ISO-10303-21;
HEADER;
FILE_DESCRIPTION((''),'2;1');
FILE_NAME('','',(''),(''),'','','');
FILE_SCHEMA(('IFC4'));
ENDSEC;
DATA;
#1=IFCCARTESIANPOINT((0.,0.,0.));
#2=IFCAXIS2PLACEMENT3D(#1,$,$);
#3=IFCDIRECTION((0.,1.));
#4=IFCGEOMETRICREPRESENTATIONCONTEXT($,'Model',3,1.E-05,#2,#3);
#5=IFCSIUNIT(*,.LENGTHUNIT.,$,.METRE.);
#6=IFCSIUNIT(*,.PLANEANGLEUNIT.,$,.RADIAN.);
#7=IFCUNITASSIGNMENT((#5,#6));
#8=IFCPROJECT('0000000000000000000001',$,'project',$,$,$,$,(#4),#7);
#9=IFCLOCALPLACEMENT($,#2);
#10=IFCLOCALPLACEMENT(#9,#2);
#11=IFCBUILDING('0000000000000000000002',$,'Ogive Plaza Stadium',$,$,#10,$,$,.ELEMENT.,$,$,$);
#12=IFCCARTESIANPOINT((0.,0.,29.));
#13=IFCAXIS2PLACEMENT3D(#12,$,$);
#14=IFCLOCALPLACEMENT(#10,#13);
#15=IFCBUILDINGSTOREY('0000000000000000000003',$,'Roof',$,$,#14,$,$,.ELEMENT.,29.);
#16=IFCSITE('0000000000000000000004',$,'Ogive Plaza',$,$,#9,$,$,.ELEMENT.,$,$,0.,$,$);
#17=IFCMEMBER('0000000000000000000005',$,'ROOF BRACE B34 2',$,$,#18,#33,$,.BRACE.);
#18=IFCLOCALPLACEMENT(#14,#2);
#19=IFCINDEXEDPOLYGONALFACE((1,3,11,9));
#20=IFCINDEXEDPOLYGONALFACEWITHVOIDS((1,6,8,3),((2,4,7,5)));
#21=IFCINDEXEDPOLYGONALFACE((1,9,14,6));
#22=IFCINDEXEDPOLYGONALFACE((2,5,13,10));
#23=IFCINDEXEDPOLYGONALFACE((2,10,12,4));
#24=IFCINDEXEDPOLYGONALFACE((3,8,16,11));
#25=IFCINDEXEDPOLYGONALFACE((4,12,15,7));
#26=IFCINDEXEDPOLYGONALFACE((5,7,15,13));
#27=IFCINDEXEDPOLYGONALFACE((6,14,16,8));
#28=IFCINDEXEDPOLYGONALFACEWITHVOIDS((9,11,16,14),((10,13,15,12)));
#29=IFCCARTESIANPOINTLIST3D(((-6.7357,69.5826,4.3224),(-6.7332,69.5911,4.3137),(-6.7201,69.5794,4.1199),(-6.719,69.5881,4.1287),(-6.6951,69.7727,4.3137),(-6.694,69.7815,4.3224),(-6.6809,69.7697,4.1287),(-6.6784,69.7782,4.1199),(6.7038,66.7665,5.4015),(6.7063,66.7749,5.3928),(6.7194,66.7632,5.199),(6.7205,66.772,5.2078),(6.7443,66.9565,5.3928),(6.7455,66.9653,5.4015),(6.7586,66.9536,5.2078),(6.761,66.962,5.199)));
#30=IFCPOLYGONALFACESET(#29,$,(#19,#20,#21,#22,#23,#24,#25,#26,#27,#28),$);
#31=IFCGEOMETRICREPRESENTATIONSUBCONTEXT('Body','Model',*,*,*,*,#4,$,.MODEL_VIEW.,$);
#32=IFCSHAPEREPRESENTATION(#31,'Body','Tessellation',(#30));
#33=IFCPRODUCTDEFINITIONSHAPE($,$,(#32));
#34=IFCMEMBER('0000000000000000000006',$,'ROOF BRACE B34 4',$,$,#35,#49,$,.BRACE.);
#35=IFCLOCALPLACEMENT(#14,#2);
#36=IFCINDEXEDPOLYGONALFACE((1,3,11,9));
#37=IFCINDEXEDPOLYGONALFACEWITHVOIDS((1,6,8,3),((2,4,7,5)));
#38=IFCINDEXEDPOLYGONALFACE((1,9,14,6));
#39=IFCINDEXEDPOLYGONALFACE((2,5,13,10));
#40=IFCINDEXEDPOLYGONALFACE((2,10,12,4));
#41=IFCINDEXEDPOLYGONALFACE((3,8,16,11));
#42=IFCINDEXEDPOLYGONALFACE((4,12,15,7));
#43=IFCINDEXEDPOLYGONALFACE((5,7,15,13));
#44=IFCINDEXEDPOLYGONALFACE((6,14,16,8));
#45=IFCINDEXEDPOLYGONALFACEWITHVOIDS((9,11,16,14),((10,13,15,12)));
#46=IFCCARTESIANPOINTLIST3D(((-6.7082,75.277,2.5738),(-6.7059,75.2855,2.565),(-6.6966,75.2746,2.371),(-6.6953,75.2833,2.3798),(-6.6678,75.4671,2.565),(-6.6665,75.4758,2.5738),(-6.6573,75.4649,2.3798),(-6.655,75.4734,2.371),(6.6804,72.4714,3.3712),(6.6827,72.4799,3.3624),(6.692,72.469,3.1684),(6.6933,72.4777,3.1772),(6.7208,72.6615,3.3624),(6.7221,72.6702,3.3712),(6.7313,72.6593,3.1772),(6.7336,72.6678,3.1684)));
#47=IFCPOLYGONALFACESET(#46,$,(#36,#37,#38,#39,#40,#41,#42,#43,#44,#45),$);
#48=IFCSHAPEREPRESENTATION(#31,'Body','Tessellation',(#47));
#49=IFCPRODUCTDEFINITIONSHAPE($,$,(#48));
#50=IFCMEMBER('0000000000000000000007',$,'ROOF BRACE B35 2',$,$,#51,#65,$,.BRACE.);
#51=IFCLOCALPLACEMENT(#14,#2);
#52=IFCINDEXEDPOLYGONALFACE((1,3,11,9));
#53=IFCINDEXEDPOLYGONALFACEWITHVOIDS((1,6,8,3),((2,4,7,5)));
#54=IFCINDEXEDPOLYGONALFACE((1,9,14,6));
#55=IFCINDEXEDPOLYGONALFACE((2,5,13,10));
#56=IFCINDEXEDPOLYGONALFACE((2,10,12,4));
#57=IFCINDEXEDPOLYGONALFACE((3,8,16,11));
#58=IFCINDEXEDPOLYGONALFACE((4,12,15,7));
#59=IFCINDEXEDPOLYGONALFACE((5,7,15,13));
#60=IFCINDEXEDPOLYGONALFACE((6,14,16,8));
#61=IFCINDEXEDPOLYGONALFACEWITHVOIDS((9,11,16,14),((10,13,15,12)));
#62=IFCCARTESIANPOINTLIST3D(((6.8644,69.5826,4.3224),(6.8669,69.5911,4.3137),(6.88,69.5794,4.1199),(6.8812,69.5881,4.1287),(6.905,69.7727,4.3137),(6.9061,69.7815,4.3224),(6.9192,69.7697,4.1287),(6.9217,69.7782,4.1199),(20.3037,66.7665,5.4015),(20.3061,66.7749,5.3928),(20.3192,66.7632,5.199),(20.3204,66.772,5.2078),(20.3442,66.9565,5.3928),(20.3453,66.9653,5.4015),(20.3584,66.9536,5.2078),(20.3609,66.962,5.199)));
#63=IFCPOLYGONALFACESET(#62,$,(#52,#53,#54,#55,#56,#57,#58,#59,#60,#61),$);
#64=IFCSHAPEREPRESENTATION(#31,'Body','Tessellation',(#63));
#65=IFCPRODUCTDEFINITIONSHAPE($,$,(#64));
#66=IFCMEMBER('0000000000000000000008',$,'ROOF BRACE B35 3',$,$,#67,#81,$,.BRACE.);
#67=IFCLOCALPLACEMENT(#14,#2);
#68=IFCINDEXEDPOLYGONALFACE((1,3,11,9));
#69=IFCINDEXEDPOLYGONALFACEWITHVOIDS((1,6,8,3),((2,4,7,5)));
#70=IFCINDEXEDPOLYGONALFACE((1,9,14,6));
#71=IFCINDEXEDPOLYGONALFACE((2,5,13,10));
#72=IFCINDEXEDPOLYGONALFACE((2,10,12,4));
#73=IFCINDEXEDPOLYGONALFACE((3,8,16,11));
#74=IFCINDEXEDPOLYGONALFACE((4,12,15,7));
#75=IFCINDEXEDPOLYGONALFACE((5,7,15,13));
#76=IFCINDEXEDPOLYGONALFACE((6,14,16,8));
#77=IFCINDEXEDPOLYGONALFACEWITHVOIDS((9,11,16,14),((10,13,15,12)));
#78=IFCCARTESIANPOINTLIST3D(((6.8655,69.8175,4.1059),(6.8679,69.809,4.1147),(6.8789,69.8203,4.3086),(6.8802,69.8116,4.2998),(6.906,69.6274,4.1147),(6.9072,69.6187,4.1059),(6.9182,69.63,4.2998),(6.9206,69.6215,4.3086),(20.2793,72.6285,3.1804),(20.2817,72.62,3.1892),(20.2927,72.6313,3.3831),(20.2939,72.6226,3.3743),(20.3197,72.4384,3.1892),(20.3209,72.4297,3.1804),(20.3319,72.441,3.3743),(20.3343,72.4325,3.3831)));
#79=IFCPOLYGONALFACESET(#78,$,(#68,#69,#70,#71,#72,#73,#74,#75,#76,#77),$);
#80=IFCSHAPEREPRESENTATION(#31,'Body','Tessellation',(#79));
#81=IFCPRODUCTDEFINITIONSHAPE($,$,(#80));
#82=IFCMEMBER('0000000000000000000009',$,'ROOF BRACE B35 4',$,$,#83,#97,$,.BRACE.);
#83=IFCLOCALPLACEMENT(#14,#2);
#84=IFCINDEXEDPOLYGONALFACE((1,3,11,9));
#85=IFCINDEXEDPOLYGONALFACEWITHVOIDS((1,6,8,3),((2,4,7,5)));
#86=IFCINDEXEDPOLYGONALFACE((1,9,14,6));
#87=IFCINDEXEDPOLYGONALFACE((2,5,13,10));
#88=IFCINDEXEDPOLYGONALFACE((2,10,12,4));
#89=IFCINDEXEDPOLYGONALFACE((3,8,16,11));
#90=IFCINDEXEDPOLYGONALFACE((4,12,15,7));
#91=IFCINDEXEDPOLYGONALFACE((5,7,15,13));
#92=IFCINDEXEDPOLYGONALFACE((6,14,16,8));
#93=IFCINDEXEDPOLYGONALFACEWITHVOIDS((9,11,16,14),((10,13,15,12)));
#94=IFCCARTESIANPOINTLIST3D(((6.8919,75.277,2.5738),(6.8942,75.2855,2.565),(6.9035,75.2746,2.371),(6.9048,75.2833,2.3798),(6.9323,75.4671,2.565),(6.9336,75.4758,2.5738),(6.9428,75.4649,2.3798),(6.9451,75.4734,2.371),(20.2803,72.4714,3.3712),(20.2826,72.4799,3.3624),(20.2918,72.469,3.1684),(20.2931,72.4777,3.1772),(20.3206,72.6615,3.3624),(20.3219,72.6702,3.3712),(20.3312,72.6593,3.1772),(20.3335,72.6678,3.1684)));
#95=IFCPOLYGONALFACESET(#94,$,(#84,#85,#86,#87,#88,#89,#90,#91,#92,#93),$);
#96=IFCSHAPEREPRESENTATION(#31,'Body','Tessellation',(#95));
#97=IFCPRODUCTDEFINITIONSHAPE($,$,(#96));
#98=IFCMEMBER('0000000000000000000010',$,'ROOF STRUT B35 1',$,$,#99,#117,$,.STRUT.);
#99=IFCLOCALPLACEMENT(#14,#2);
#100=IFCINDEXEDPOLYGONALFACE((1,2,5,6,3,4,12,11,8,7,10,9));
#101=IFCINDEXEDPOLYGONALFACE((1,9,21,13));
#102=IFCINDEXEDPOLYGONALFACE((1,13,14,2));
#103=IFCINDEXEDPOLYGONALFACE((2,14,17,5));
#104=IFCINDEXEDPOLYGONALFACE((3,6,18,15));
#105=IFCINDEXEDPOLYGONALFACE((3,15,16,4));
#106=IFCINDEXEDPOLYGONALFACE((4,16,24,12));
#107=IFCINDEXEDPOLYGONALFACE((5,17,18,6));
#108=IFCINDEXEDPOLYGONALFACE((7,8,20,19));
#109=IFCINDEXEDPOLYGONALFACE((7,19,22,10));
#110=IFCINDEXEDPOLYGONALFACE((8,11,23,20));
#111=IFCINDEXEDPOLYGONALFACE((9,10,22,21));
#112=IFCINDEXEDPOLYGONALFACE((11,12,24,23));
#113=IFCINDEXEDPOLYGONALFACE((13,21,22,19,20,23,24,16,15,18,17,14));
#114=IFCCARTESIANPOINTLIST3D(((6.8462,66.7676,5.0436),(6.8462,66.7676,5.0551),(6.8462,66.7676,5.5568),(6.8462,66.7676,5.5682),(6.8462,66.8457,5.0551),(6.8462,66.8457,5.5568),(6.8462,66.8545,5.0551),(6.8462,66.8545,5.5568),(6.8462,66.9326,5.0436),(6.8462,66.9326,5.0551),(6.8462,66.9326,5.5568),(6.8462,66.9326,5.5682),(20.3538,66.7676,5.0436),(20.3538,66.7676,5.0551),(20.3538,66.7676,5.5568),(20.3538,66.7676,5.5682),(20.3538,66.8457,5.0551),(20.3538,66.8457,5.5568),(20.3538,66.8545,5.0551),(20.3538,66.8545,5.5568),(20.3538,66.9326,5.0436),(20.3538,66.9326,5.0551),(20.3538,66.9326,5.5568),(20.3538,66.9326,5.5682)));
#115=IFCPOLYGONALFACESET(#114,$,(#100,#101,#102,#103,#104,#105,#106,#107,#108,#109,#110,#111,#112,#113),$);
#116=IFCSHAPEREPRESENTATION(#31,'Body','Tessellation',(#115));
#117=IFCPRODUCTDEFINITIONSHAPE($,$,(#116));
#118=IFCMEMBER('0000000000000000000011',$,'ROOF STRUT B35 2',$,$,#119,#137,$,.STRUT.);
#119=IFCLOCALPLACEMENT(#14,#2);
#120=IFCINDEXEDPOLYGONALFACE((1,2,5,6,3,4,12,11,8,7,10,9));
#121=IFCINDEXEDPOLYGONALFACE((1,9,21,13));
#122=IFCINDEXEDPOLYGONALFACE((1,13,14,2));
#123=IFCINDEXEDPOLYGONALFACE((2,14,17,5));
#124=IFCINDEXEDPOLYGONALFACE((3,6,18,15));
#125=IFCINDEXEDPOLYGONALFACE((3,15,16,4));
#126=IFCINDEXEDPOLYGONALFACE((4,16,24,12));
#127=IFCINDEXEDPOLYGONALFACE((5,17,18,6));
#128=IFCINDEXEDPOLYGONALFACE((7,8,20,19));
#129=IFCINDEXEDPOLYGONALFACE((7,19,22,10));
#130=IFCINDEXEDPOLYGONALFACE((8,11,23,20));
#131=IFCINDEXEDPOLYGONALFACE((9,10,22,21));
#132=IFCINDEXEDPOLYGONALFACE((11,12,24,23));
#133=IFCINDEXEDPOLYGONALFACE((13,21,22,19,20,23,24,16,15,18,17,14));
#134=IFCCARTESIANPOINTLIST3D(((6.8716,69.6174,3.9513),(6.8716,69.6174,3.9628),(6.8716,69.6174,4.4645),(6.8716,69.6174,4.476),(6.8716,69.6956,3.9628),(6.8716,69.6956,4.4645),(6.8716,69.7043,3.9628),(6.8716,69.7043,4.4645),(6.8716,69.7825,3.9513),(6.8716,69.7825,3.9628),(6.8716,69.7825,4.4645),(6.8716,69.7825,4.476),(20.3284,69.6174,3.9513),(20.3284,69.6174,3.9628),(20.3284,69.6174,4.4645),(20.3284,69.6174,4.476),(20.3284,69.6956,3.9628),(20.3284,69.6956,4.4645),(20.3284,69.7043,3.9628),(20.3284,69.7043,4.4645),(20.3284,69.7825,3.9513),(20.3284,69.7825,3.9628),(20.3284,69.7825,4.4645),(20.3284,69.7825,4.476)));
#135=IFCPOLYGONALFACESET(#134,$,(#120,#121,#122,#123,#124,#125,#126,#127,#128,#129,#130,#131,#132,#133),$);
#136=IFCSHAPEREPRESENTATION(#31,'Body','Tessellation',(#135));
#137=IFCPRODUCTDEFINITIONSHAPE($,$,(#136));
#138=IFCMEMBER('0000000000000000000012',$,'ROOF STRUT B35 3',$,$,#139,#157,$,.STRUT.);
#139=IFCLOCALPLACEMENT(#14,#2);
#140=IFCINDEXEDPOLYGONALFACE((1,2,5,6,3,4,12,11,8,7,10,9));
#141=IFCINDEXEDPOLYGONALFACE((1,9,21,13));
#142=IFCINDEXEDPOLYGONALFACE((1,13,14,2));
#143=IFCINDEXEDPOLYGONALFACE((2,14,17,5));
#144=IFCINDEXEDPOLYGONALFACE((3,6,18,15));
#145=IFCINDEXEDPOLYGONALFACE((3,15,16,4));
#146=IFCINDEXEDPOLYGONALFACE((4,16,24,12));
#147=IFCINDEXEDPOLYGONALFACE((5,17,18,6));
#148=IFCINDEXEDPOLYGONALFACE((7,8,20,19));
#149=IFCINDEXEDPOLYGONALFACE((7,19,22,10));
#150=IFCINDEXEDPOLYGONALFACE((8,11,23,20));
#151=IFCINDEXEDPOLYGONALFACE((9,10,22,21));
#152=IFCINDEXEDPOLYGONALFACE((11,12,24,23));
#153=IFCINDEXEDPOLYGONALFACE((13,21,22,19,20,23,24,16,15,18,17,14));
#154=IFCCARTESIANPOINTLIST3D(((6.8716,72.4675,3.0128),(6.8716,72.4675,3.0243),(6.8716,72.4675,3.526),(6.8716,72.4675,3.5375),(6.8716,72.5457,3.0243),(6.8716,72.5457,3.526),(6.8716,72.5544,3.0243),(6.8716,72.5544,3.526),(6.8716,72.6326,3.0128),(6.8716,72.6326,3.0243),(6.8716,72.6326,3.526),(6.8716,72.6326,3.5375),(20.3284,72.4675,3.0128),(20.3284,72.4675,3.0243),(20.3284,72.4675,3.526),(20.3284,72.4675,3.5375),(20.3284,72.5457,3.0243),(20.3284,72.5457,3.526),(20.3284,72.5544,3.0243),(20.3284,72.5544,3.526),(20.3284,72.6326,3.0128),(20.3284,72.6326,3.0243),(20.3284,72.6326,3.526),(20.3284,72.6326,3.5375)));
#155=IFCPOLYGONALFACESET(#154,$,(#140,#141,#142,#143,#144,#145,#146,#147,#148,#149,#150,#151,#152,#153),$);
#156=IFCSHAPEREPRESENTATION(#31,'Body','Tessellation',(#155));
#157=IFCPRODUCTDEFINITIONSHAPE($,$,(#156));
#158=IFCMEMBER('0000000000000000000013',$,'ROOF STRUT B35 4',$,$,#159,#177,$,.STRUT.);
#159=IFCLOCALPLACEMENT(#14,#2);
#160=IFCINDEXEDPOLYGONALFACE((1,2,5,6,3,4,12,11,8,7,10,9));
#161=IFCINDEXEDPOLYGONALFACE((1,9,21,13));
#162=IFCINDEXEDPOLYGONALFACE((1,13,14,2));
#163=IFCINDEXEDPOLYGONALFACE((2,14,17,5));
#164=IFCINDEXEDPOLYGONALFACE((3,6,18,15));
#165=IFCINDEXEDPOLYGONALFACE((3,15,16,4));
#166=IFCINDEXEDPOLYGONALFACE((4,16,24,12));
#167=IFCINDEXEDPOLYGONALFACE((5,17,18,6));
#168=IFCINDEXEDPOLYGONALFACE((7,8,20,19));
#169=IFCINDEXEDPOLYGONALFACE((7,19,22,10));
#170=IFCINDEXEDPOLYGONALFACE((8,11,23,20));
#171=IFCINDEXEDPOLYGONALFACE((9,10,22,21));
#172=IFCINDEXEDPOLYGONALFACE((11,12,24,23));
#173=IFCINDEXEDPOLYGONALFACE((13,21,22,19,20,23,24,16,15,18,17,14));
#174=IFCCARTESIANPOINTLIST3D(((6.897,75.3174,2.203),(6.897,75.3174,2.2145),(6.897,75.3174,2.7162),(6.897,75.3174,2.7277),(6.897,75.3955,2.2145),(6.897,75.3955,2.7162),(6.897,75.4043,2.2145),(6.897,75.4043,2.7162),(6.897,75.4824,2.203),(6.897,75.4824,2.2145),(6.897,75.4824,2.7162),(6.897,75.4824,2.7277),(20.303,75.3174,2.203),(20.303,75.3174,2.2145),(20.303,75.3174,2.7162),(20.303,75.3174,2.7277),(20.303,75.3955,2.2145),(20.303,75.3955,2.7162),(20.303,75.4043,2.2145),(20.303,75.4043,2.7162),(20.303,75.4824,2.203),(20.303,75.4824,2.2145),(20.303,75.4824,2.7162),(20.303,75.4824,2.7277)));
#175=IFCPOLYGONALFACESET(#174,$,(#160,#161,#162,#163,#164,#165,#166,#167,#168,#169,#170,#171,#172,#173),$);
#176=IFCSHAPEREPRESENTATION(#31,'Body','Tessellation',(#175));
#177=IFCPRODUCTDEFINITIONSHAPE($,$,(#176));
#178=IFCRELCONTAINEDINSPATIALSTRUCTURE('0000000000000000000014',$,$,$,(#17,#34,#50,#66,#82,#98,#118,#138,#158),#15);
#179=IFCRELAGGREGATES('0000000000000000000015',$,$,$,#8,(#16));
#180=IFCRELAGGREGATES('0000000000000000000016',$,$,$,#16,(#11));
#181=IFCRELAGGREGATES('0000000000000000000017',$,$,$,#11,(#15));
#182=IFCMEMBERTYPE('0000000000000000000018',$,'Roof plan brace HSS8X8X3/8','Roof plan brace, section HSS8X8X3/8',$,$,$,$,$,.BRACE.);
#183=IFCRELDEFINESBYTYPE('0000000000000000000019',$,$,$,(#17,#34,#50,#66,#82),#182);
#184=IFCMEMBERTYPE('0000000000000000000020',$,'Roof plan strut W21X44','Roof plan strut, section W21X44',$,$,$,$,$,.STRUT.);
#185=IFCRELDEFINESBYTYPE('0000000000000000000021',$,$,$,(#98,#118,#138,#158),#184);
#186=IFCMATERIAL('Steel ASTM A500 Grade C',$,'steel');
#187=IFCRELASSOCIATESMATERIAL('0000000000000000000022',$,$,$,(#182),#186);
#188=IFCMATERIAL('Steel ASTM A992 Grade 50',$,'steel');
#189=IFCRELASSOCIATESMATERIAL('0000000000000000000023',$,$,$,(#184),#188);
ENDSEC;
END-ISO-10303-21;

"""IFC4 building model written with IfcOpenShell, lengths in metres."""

from ifc_helpers import new_model, si_unit, direction, frame, origin, origin_2d, place, context, subcontext, project, spatial, hollow_rectangle, i_section, extrude, material, material_profile, profile_set, type_object, element, save


model = new_model("IFC4")

# Units and contexts
model_context = context("Model", 3, precision=1e-05, world=origin(), true_north=direction((0.0, 1.0)))
body_context = subcontext(model_context, "Body", "Model", "MODEL_VIEW")
ifc_project = project(units=[si_unit("LENGTHUNIT", "METRE"), si_unit("PLANEANGLEUNIT", "RADIAN")], contexts=[model_context])

# Site, building, storey
site_placement = place(None, origin())
site = spatial("IfcSite", under=ifc_project, at=site_placement, Name="Ogive Plaza", CompositionType="ELEMENT", RefElevation=0.0)
building_placement = place(site_placement, origin())
building = spatial("IfcBuilding", under=site, at=building_placement, Name="Ogive Plaza Stadium", CompositionType="ELEMENT")
storey_placement = place(building_placement, frame((0.0, 0.0, 29.0)))
storey = spatial("IfcBuildingStorey", under=building, at=storey_placement, Name="Roof", CompositionType="ELEMENT", Elevation=29.0)

# Members
ifc_material_1 = material(Name="Steel ASTM A500 Grade C", Category="steel")
ifc_material_profile_1 = material_profile(ifc_material_1, hollow_rectangle(XDim=0.2031, YDim=0.2031, WallThickness=0.0088, at=origin_2d()), Name="HSS8X8X3/8")
ifc_profile_set_1 = profile_set([ifc_material_profile_1], Name="Steel ASTM A500 Grade C")
member_type_1 = type_object("IfcMemberType", Name="Roof plan brace HSS8X8X3/8", Description="Roof plan brace, section HSS8X8X3/8", PredefinedType="BRACE", material=ifc_profile_set_1)
member_1_placement = place(storey_placement, frame((6.7324, 66.8643, 5.3003), z_axis=(-0.975735, 0.20446, -0.078345), x_axis=(-0.20509, -0.978743, 0.0)))
element("IfcMember", 1, at=member_1_placement, inside=storey, type_object=member_type_1, Name="ROOF BRACE B34 2", PredefinedType="BRACE", context=body_context, shape_type="SweptSolid", body=[
    extrude(hollow_rectangle(XDim=0.2031, YDim=0.2031, WallThickness=0.0088, at=origin_2d()), origin(), (0.0, 0.0, 1.0), 13.7737),
])
member_2_placement = place(storey_placement, frame((6.707, 72.5696, 3.2698), z_axis=(-0.977083, 0.204753, -0.05819), x_axis=(-0.2051, -0.978741, 0.0)))
element("IfcMember", 2, at=member_2_placement, inside=storey, type_object=member_type_1, Name="ROOF BRACE B34 4", PredefinedType="BRACE", context=body_context, shape_type="SweptSolid", body=[
    extrude(hollow_rectangle(XDim=0.2031, YDim=0.2031, WallThickness=0.0088, at=origin_2d()), origin(), (0.0, 0.0, 1.0), 13.7026),
])
member_3_placement = place(storey_placement, frame((20.3323, 66.8643, 5.3003), z_axis=(-0.975734, 0.204463, -0.078347), x_axis=(-0.205094, -0.978742, 0.0)))
element("IfcMember", 3, at=member_3_placement, inside=storey, type_object=member_type_1, Name="ROOF BRACE B35 2", PredefinedType="BRACE", context=body_context, shape_type="SweptSolid", body=[
    extrude(hollow_rectangle(XDim=0.2031, YDim=0.2031, WallThickness=0.0088, at=origin_2d()), origin(), (0.0, 0.0, 1.0), 13.7734),
])
member_4_placement = place(storey_placement, frame((6.8931, 69.7195, 4.2073), z_axis=(0.976515, 0.204641, -0.067378), x_axis=(-0.205107, 0.97874, 0.0)))
element("IfcMember", 4, at=member_4_placement, inside=storey, type_object=member_type_1, Name="ROOF BRACE B35 3", PredefinedType="BRACE", context=body_context, shape_type="SweptSolid", body=[
    extrude(hollow_rectangle(XDim=0.2031, YDim=0.2031, WallThickness=0.0088, at=origin_2d()), origin(), (0.0, 0.0, 1.0), 13.7363),
])
member_5_placement = place(storey_placement, frame((20.3069, 72.5696, 3.2698), z_axis=(-0.977082, 0.204756, -0.058191), x_axis=(-0.205104, -0.97874, 0.0)))
element("IfcMember", 5, at=member_5_placement, inside=storey, type_object=member_type_1, Name="ROOF BRACE B35 4", PredefinedType="BRACE", context=body_context, shape_type="SweptSolid", body=[
    extrude(hollow_rectangle(XDim=0.2031, YDim=0.2031, WallThickness=0.0088, at=origin_2d()), origin(), (0.0, 0.0, 1.0), 13.7024),
])
ifc_material_2 = material(Name="Steel ASTM A992 Grade 50", Category="steel")
ifc_material_profile_2 = material_profile(ifc_material_2, i_section(OverallWidth=0.165, OverallDepth=0.5247, WebThickness=0.0088, FlangeThickness=0.0115, at=origin_2d()), Name="W21X44")
ifc_profile_set_2 = profile_set([ifc_material_profile_2], Name="Steel ASTM A992 Grade 50")
member_type_2 = type_object("IfcMemberType", Name="Roof plan strut W21X44", Description="Roof plan strut, section W21X44", PredefinedType="STRUT", material=ifc_profile_set_2)
member_6_placement = place(storey_placement, frame((6.8462, 66.8501, 5.3059), z_axis=(1.0, 0.0, 0.0), x_axis=(0.0, 1.0, 0.0)))
element("IfcMember", 6, at=member_6_placement, inside=storey, type_object=member_type_2, Name="ROOF STRUT B35 1", PredefinedType="STRUT", context=body_context, shape_type="SweptSolid", body=[
    extrude(i_section(OverallWidth=0.165, OverallDepth=0.5247, WebThickness=0.0088, FlangeThickness=0.0115, at=origin_2d()), origin(), (0.0, 0.0, 1.0), 13.5076),
])
for number, where, z_axis, x_axis, name in (
    (7, (6.8716, 69.7, 4.2136), (1.0, 0.0, 0.0), (0.0, 1.0, 0.0), "ROOF STRUT B35 2"),
    (8, (6.8716, 72.55, 3.2751), (1.0, 0.0, 0.0), (0.0, 1.0, 0.0), "ROOF STRUT B35 3"),
):
    element("IfcMember", number, at=place(storey_placement, frame(where, z_axis=z_axis, x_axis=x_axis)), inside=storey, type_object=member_type_2, Name=name, PredefinedType="STRUT", context=body_context, shape_type="SweptSolid", body=[
        extrude(i_section(OverallWidth=0.165, OverallDepth=0.5247, WebThickness=0.0088, FlangeThickness=0.0115, at=origin_2d()), origin(), (0.0, 0.0, 1.0), 13.4568),
    ])
member_7_placement = place(storey_placement, frame((6.897, 75.3999, 2.4653), z_axis=(1.0, 0.0, 0.0), x_axis=(0.0, 1.0, 0.0)))
element("IfcMember", 9, at=member_7_placement, inside=storey, type_object=member_type_2, Name="ROOF STRUT B35 4", PredefinedType="STRUT", context=body_context, shape_type="SweptSolid", body=[
    extrude(i_section(OverallWidth=0.165, OverallDepth=0.5247, WebThickness=0.0088, FlangeThickness=0.0115, at=origin_2d()), origin(), (0.0, 0.0, 1.0), 13.406),
])

save(model, "model.ifc")
